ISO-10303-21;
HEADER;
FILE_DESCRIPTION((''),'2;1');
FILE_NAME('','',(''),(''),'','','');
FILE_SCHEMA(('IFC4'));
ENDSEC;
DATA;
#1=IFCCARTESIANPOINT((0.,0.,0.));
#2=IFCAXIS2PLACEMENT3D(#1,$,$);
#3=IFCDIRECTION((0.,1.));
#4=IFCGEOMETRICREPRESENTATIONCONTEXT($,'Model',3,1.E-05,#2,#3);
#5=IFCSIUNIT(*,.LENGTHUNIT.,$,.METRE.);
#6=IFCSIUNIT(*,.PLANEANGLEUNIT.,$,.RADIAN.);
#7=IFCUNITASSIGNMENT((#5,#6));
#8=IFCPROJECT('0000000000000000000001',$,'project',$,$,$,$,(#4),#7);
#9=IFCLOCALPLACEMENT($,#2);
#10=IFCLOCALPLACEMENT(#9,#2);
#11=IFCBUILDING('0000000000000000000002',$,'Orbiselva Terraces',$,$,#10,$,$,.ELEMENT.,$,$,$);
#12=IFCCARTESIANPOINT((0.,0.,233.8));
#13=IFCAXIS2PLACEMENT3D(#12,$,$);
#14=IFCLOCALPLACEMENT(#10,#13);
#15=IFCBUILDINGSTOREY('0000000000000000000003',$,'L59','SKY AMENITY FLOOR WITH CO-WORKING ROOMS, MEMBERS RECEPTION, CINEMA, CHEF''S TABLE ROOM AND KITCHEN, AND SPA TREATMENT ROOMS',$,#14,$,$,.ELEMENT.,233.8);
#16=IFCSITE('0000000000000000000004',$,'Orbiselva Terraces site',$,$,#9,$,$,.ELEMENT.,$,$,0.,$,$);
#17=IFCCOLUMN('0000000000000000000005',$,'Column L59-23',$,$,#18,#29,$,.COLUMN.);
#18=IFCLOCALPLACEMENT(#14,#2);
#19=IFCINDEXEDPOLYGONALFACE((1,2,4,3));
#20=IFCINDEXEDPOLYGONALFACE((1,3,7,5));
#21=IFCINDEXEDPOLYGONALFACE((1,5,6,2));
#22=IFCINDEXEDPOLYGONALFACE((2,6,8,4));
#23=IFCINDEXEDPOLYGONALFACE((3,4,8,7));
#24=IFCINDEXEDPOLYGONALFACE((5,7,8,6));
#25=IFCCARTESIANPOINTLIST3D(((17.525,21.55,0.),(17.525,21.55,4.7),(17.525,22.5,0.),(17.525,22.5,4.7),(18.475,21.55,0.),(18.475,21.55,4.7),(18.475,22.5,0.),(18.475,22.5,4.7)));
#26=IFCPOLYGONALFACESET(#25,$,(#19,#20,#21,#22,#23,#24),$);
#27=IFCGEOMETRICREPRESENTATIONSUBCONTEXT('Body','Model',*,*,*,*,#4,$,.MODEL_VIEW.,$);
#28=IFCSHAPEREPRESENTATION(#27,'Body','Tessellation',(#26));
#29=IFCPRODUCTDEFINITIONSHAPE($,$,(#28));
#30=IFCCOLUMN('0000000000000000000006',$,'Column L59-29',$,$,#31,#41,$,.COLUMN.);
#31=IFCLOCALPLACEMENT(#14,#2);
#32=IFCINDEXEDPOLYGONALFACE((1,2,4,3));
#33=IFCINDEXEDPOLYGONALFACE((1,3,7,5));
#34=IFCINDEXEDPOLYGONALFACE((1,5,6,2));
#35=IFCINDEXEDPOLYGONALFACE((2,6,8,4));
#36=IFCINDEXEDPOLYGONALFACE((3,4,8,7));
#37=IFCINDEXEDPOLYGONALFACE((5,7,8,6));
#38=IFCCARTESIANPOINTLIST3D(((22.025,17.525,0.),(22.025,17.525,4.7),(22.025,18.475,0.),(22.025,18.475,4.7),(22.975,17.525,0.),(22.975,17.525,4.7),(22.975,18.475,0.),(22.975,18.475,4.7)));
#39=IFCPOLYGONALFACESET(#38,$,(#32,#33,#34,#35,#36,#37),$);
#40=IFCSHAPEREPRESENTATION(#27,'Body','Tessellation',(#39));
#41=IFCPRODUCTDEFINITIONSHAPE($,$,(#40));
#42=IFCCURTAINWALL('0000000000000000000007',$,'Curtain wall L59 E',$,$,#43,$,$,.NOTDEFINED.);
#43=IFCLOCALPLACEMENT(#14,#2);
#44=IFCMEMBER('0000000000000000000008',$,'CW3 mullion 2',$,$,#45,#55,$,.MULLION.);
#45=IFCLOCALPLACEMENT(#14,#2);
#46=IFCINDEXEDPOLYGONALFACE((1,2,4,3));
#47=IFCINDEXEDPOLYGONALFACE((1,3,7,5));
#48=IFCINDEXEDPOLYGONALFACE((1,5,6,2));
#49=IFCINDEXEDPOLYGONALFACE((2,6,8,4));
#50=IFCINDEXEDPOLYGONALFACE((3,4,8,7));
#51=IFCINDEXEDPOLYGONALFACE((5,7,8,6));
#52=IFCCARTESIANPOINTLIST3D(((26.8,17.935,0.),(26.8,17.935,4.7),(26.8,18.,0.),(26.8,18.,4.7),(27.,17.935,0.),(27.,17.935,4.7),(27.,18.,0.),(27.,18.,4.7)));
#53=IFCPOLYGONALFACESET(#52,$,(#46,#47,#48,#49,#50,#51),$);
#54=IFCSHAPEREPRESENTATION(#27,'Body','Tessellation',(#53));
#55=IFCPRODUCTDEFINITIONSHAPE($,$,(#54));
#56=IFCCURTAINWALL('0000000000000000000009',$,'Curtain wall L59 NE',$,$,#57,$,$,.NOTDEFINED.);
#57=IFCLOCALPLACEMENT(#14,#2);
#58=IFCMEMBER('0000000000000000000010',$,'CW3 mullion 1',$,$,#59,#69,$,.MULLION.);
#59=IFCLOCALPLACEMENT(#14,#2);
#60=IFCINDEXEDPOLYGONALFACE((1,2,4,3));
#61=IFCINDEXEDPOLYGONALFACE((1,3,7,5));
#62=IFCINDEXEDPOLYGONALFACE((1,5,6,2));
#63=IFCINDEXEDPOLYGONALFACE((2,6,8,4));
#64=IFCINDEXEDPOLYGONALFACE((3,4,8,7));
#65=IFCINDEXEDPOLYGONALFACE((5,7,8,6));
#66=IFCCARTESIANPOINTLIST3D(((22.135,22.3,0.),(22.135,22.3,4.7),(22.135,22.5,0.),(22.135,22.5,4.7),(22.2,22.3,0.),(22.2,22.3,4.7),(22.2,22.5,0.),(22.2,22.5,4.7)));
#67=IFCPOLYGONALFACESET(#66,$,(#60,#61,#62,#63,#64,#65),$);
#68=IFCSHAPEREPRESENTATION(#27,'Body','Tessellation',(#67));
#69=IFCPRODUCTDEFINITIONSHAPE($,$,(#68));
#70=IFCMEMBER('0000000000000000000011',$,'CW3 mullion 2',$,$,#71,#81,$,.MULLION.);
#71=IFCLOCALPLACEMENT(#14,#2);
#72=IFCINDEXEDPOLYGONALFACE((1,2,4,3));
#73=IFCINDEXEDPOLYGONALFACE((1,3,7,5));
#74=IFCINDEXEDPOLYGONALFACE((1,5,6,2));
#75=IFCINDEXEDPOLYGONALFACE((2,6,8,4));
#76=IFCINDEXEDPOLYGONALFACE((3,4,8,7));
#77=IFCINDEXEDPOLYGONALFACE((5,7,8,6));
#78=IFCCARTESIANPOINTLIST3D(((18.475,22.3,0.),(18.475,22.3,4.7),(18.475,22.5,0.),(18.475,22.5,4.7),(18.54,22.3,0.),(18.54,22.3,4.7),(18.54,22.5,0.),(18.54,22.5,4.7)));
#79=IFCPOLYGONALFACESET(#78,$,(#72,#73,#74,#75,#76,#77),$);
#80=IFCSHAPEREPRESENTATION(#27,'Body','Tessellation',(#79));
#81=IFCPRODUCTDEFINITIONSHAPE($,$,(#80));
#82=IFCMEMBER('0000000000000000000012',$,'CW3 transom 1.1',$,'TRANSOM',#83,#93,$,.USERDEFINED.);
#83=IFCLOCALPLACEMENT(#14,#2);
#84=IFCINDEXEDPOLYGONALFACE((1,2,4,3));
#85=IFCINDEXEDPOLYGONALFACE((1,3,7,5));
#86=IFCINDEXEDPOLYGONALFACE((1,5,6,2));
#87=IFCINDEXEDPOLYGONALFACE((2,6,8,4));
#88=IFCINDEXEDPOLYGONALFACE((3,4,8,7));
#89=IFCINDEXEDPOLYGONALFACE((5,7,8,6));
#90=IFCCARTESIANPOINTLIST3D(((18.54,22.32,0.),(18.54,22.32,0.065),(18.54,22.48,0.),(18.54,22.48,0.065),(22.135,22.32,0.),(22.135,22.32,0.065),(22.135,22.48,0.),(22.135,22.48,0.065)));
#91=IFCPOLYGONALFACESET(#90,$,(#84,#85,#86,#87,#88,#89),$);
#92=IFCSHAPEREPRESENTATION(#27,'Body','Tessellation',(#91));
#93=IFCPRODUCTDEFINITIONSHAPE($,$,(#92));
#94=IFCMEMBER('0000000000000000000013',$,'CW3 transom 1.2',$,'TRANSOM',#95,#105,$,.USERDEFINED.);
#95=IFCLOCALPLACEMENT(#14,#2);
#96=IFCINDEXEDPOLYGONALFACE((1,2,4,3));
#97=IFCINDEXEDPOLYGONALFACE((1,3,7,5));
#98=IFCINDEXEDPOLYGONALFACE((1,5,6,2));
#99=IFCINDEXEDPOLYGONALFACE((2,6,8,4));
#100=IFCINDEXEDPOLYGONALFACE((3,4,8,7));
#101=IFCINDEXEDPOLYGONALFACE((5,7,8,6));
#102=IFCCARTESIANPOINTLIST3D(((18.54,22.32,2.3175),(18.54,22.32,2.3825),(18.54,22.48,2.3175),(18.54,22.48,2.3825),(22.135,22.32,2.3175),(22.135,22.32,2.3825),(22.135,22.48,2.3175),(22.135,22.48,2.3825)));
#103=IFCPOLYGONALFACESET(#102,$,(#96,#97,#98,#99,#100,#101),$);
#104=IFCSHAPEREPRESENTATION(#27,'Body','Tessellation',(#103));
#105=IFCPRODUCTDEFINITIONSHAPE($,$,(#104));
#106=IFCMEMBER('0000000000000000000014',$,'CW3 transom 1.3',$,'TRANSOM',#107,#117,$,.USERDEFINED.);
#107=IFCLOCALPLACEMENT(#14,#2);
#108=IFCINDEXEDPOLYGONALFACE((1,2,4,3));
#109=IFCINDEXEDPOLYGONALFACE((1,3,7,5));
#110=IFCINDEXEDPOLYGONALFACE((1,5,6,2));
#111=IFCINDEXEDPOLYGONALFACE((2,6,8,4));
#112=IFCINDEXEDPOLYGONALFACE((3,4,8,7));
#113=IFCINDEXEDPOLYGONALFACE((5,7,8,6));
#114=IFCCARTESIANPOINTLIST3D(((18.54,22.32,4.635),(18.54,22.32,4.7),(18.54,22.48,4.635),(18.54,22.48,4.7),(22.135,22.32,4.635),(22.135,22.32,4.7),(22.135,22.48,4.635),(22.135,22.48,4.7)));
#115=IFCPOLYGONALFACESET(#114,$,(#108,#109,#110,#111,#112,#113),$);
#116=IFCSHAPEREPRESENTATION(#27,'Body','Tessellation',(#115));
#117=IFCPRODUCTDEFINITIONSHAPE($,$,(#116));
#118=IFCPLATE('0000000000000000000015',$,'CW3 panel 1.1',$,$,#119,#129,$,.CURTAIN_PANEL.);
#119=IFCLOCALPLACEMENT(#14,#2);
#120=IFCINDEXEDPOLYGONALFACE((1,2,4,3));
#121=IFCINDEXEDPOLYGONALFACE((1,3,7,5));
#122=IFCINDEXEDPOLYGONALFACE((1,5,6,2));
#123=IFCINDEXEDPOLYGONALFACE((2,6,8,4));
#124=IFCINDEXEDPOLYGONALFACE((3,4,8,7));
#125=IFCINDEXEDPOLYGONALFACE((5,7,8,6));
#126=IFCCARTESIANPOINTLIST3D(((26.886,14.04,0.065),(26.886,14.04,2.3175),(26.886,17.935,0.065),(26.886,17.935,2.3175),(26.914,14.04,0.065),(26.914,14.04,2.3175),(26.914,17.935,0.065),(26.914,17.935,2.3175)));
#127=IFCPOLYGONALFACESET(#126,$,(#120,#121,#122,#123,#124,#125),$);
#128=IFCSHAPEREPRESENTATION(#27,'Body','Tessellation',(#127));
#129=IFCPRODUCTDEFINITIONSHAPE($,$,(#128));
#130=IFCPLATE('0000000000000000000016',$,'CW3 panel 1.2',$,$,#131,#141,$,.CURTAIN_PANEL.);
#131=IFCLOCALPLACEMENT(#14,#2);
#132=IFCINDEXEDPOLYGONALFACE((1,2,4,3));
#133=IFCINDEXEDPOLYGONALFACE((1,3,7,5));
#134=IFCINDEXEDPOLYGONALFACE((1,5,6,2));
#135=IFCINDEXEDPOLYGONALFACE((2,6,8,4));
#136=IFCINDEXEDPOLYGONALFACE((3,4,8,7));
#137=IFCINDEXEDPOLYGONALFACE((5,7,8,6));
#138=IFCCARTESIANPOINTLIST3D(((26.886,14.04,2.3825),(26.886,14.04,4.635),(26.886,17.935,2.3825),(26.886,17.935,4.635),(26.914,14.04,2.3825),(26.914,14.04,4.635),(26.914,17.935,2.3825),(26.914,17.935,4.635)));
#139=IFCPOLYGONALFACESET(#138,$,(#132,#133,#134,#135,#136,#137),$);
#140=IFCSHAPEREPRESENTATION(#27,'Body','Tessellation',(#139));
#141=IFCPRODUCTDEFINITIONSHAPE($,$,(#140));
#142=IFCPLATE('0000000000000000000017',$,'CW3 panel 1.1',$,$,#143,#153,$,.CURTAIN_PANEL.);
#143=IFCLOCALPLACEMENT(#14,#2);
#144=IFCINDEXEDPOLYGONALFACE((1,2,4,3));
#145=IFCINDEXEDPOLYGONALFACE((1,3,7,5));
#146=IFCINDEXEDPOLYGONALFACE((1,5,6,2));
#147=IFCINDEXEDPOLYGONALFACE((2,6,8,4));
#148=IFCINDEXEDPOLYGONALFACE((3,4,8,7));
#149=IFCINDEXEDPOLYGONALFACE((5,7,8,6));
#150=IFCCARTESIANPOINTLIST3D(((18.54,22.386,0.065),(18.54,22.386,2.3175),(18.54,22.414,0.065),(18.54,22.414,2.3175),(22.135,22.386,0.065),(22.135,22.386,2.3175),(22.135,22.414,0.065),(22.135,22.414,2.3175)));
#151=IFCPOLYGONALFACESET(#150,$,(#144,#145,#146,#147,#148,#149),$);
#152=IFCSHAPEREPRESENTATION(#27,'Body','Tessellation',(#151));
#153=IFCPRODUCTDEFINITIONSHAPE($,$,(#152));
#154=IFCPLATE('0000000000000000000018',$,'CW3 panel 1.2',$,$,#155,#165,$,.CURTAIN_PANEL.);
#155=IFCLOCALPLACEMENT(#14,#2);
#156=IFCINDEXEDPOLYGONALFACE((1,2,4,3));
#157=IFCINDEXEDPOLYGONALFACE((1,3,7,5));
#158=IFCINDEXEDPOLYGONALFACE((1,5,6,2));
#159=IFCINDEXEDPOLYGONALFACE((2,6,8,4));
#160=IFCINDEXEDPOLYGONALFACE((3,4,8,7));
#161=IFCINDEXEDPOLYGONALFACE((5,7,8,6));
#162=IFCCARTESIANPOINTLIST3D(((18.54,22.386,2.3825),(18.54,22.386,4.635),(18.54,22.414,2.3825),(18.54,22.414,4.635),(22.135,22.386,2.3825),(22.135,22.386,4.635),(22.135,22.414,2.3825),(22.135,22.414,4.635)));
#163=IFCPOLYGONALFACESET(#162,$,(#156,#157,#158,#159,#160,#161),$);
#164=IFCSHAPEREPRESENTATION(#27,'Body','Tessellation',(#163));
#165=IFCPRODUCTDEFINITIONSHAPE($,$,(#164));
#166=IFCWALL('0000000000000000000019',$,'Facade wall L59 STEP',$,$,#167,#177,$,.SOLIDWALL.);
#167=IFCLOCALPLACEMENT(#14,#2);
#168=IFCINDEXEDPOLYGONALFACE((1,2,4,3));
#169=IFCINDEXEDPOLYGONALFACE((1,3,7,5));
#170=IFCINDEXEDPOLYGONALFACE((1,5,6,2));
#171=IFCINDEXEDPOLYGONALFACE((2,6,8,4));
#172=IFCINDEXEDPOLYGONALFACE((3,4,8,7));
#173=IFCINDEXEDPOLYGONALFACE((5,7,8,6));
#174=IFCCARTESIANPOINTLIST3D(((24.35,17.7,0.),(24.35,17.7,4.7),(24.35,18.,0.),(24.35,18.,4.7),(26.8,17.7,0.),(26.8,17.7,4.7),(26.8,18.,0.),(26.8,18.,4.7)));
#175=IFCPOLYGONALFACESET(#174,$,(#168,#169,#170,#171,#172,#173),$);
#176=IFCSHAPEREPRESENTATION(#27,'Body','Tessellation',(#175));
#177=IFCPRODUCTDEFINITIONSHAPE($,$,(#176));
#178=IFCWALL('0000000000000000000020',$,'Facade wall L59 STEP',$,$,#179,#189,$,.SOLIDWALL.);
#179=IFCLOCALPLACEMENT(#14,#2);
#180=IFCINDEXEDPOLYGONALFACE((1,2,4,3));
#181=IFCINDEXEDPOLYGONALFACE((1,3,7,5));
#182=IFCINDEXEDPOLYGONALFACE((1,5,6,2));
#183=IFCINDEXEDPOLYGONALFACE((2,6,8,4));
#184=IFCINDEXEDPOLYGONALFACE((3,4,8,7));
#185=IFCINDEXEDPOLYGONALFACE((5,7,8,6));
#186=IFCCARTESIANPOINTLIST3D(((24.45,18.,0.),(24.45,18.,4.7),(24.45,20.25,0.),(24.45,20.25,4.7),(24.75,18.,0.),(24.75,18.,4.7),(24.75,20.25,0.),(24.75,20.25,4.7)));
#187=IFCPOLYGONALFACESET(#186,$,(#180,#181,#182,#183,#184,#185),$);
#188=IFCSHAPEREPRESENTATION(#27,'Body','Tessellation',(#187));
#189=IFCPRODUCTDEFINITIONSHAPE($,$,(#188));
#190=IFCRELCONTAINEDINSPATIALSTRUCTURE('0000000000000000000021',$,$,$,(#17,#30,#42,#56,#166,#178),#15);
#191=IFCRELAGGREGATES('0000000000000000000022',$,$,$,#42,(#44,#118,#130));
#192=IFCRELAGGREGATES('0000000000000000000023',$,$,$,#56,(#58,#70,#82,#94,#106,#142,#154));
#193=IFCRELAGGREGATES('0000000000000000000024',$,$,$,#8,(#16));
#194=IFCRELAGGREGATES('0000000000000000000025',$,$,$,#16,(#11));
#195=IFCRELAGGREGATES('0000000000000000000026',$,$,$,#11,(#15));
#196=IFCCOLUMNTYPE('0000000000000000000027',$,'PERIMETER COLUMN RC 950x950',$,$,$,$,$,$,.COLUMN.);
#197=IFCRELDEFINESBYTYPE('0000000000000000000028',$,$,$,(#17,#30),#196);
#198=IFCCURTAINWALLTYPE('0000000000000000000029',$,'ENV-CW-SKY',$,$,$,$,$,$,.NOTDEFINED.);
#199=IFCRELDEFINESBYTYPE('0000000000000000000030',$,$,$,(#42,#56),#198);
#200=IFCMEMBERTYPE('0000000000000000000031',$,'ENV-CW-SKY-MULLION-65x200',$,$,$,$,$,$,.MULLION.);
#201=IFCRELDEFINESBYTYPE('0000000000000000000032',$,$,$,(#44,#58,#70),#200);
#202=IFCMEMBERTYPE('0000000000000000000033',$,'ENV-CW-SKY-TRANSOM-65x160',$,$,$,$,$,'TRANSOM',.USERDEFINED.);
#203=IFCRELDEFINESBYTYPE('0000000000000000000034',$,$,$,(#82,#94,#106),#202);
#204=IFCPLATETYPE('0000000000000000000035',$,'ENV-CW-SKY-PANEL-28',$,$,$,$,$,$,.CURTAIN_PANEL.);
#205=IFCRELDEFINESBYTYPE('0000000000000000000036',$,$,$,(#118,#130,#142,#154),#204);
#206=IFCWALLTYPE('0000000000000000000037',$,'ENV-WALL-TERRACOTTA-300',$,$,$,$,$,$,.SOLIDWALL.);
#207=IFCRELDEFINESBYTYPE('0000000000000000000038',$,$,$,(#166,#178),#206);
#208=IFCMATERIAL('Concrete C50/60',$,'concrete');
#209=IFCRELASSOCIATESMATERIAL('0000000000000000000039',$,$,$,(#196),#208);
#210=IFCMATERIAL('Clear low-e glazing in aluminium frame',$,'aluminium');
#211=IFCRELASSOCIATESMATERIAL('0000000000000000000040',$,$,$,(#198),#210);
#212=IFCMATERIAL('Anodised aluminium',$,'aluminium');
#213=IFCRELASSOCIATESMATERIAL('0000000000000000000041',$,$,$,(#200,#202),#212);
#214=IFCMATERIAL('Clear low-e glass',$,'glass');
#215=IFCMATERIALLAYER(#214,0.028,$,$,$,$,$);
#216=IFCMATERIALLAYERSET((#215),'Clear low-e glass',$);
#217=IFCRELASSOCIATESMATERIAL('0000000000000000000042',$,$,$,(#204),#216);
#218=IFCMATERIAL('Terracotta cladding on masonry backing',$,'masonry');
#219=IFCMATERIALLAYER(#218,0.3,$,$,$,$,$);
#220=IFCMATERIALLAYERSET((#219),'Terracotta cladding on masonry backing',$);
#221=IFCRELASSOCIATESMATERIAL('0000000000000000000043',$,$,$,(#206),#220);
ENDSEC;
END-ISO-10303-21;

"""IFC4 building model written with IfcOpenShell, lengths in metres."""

from ifc_helpers import new_model, si_unit, direction, frame, frame_2d, origin, origin_2d, place, context, subcontext, project, spatial, rectangle, extrude, material, layer, layer_set, material_profile, profile_set, type_object, element, aggregate, save


model = new_model("IFC4")

# Units and contexts
model_context = context("Model", 3, precision=1e-05, world=origin(), true_north=direction((0.0, 1.0)))
body_context = subcontext(model_context, "Body", "Model", "MODEL_VIEW")
ifc_project = project(units=[si_unit("LENGTHUNIT", "METRE"), si_unit("PLANEANGLEUNIT", "RADIAN")], contexts=[model_context])

# Site, building, storey
site_placement = place(None, origin())
site = spatial("IfcSite", under=ifc_project, at=site_placement, Name="Orbiselva Terraces site", CompositionType="ELEMENT", RefElevation=0.0)
building_placement = place(site_placement, origin())
building = spatial("IfcBuilding", under=site, at=building_placement, Name="Orbiselva Terraces", CompositionType="ELEMENT")
storey_placement = place(building_placement, frame((0.0, 0.0, 233.8)))
storey = spatial("IfcBuildingStorey", under=building, at=storey_placement, Name="L59", Description="SKY AMENITY FLOOR WITH CO-WORKING ROOMS, MEMBERS RECEPTION, CINEMA, CHEF'S TABLE ROOM AND KITCHEN, AND SPA TREATMENT ROOMS", CompositionType="ELEMENT", Elevation=233.8)

# Columns
ifc_material_1 = material(Name="Concrete C50/60", Category="concrete")
ifc_material_profile_1 = material_profile(ifc_material_1, rectangle(XDim=0.95, YDim=0.95, at=origin_2d()), Name="RC 950x950")
ifc_profile_set_1 = profile_set([ifc_material_profile_1], Name="Concrete C50/60")
column_type = type_object("IfcColumnType", Name="PERIMETER COLUMN RC 950x950", PredefinedType="COLUMN", material=ifc_profile_set_1)
for number, where, z_axis, x_axis, name in (
    (1, (18.0, 22.025, 0.0), (0.0, 0.0, 1.0), (1.0, 0.0, 0.0), "Column L59-23"),
    (2, (22.5, 18.0, 0.0), (0.0, 0.0, 1.0), (1.0, 0.0, 0.0), "Column L59-29"),
):
    element("IfcColumn", number, at=place(storey_placement, frame(where, z_axis=z_axis, x_axis=x_axis)), inside=storey, type_object=column_type, Name=name, PredefinedType="COLUMN", context=body_context, shape_type="SweptSolid", body=[
        extrude(rectangle(XDim=0.95, YDim=0.95, at=origin_2d()), origin(), (0.0, 0.0, 1.0), 4.7),
    ])

# Curtain wall, member
ifc_material_2 = material(Name="Clear low-e glazing in aluminium frame", Category="aluminium")
curtain_wall_type = type_object("IfcCurtainWallType", Name="ENV-CW-SKY", PredefinedType="NOTDEFINED", material=ifc_material_2)
curtain_wall_1_placement = place(storey_placement, origin())
curtain_wall_1 = element("IfcCurtainWall", 3, at=curtain_wall_1_placement, inside=storey, type_object=curtain_wall_type, Name="Curtain wall L59 E", PredefinedType="NOTDEFINED")
ifc_material_3 = material(Name="Anodised aluminium", Category="aluminium")
ifc_material_profile_2 = material_profile(ifc_material_3, rectangle(XDim=0.2, YDim=0.065, at=origin_2d()), Name="AL 65x200")
ifc_profile_set_2 = profile_set([ifc_material_profile_2], Name="Anodised aluminium")
member_type_1 = type_object("IfcMemberType", Name="ENV-CW-SKY-MULLION-65x200", PredefinedType="MULLION", material=ifc_profile_set_2)
member_1_placement = place(storey_placement, frame((26.9, 17.9675, 0.0), z_axis=(0.0, 0.0, 1.0), x_axis=(-1.0, 0.0, 0.0)))
member_1 = element("IfcMember", 4, at=member_1_placement, type_object=member_type_1, Name="CW3 mullion 2", PredefinedType="MULLION", context=body_context, shape_type="SweptSolid", body=[
    extrude(rectangle(XDim=0.2, YDim=0.065, at=origin_2d()), origin(), (0.0, 0.0, 1.0), 4.7),
])

# Curtain wall, members
curtain_wall_2_placement = place(storey_placement, origin())
curtain_wall_2 = element("IfcCurtainWall", 5, at=curtain_wall_2_placement, inside=storey, type_object=curtain_wall_type, Name="Curtain wall L59 NE", PredefinedType="NOTDEFINED")
member_2_placement = place(storey_placement, frame((22.1675, 22.4, 0.0), z_axis=(0.0, 0.0, 1.0), x_axis=(0.0, -1.0, 0.0)))
member_2 = element("IfcMember", 6, at=member_2_placement, type_object=member_type_1, Name="CW3 mullion 1", PredefinedType="MULLION", context=body_context, shape_type="SweptSolid", body=[
    extrude(rectangle(XDim=0.2, YDim=0.065, at=origin_2d()), origin(), (0.0, 0.0, 1.0), 4.7),
])
member_3_placement = place(storey_placement, frame((18.5075, 22.4, 0.0), z_axis=(0.0, 0.0, 1.0), x_axis=(0.0, -1.0, 0.0)))
member_3 = element("IfcMember", 7, at=member_3_placement, type_object=member_type_1, Name="CW3 mullion 2", PredefinedType="MULLION", context=body_context, shape_type="SweptSolid", body=[
    extrude(rectangle(XDim=0.2, YDim=0.065, at=origin_2d()), origin(), (0.0, 0.0, 1.0), 4.7),
])
ifc_material_profile_3 = material_profile(ifc_material_3, rectangle(XDim=0.16, YDim=0.065, at=origin_2d()), Name="AL 65x160")
ifc_profile_set_3 = profile_set([ifc_material_profile_3], Name="Anodised aluminium")
member_type_2 = type_object("IfcMemberType", Name="ENV-CW-SKY-TRANSOM-65x160", ElementType="TRANSOM", PredefinedType="USERDEFINED", material=ifc_profile_set_3)
member_4_placement = place(storey_placement, frame((22.135, 22.4, 0.0325), z_axis=(-1.0, 0.0, 0.0), x_axis=(0.0, -1.0, 0.0)))
member_4 = element("IfcMember", 8, at=member_4_placement, type_object=member_type_2, Name="CW3 transom 1.1", ObjectType="TRANSOM", PredefinedType="USERDEFINED", context=body_context, shape_type="SweptSolid", body=[
    extrude(rectangle(XDim=0.16, YDim=0.065, at=origin_2d()), origin(), (0.0, 0.0, 1.0), 3.595),
])
member_5_placement = place(storey_placement, frame((22.135, 22.4, 2.35), z_axis=(-1.0, 0.0, 0.0), x_axis=(0.0, -1.0, 0.0)))
member_5 = element("IfcMember", 9, at=member_5_placement, type_object=member_type_2, Name="CW3 transom 1.2", ObjectType="TRANSOM", PredefinedType="USERDEFINED", context=body_context, shape_type="SweptSolid", body=[
    extrude(rectangle(XDim=0.16, YDim=0.065, at=origin_2d()), origin(), (0.0, 0.0, 1.0), 3.595),
])
member_6_placement = place(storey_placement, frame((22.135, 22.4, 4.6675), z_axis=(-1.0, 0.0, 0.0), x_axis=(0.0, -1.0, 0.0)))
member_6 = element("IfcMember", 10, at=member_6_placement, type_object=member_type_2, Name="CW3 transom 1.3", ObjectType="TRANSOM", PredefinedType="USERDEFINED", context=body_context, shape_type="SweptSolid", body=[
    extrude(rectangle(XDim=0.16, YDim=0.065, at=origin_2d()), origin(), (0.0, 0.0, 1.0), 3.595),
])

# Plates
ifc_material_4 = material(Name="Clear low-e glass", Category="glass")
ifc_layer_1 = layer(ifc_material_4, 0.028)
ifc_layer_set_1 = layer_set([ifc_layer_1], Name="Clear low-e glass")
plate_type = type_object("IfcPlateType", Name="ENV-CW-SKY-PANEL-28", PredefinedType="CURTAIN_PANEL", material=ifc_layer_set_1)
plate_1_placement = place(storey_placement, frame((26.9, 15.9875, 0.065), z_axis=(0.0, 0.0, 1.0), x_axis=(0.0, 1.0, 0.0)))
plate_1 = element("IfcPlate", 11, at=plate_1_placement, type_object=plate_type, Name="CW3 panel 1.1", PredefinedType="CURTAIN_PANEL", context=body_context, shape_type="SweptSolid", body=[
    extrude(rectangle(XDim=3.895, YDim=0.028, at=origin_2d()), origin(), (0.0, 0.0, 1.0), 2.2525),
])
plate_2_placement = place(storey_placement, frame((26.9, 15.9875, 2.3825), z_axis=(0.0, 0.0, 1.0), x_axis=(0.0, 1.0, 0.0)))
plate_2 = element("IfcPlate", 12, at=plate_2_placement, type_object=plate_type, Name="CW3 panel 1.2", PredefinedType="CURTAIN_PANEL", context=body_context, shape_type="SweptSolid", body=[
    extrude(rectangle(XDim=3.895, YDim=0.028, at=origin_2d()), origin(), (0.0, 0.0, 1.0), 2.2525),
])
aggregate(curtain_wall_1, [member_1, plate_1, plate_2])
plate_3_placement = place(storey_placement, frame((20.3375, 22.4, 0.065), z_axis=(0.0, 0.0, 1.0), x_axis=(-1.0, 0.0, 0.0)))
plate_3 = element("IfcPlate", 13, at=plate_3_placement, type_object=plate_type, Name="CW3 panel 1.1", PredefinedType="CURTAIN_PANEL", context=body_context, shape_type="SweptSolid", body=[
    extrude(rectangle(XDim=3.595, YDim=0.028, at=origin_2d()), origin(), (0.0, 0.0, 1.0), 2.2525),
])
plate_4_placement = place(storey_placement, frame((20.3375, 22.4, 2.3825), z_axis=(0.0, 0.0, 1.0), x_axis=(-1.0, 0.0, 0.0)))
plate_4 = element("IfcPlate", 14, at=plate_4_placement, type_object=plate_type, Name="CW3 panel 1.2", PredefinedType="CURTAIN_PANEL", context=body_context, shape_type="SweptSolid", body=[
    extrude(rectangle(XDim=3.595, YDim=0.028, at=origin_2d()), origin(), (0.0, 0.0, 1.0), 2.2525),
])
aggregate(curtain_wall_2, [member_2, member_3, member_4, member_5, member_6, plate_3, plate_4])

# Walls
ifc_material_5 = material(Name="Terracotta cladding on masonry backing", Category="masonry")
ifc_layer_2 = layer(ifc_material_5, 0.3)
ifc_layer_set_2 = layer_set([ifc_layer_2], Name="Terracotta cladding on masonry backing")
wall_type_1 = type_object("IfcWallType", Name="ENV-WALL-TERRACOTTA-300", PredefinedType="SOLIDWALL", material=ifc_layer_set_2)
wall_1_placement = place(storey_placement, frame((24.35, 17.85, 0.0), z_axis=(0.0, 0.0, 1.0), x_axis=(1.0, 0.0, 0.0)))
element("IfcWall", 15, at=wall_1_placement, inside=storey, type_object=wall_type_1, Name="Facade wall L59 STEP", PredefinedType="SOLIDWALL", context=body_context, shape_type="SweptSolid", body=[
    extrude(rectangle(XDim=2.45, YDim=0.3, at=frame_2d((1.225, 0.0))), origin(), (0.0, 0.0, 1.0), 4.7),
])
wall_2_placement = place(storey_placement, frame((24.6, 20.25, 0.0), z_axis=(0.0, 0.0, 1.0), x_axis=(0.0, -1.0, 0.0)))
element("IfcWall", 16, at=wall_2_placement, inside=storey, type_object=wall_type_1, Name="Facade wall L59 STEP", PredefinedType="SOLIDWALL", context=body_context, shape_type="SweptSolid", body=[
    extrude(rectangle(XDim=2.25, YDim=0.3, at=frame_2d((1.125, 0.0))), origin(), (0.0, 0.0, 1.0), 4.7),
])

save(model, "model.ifc")
